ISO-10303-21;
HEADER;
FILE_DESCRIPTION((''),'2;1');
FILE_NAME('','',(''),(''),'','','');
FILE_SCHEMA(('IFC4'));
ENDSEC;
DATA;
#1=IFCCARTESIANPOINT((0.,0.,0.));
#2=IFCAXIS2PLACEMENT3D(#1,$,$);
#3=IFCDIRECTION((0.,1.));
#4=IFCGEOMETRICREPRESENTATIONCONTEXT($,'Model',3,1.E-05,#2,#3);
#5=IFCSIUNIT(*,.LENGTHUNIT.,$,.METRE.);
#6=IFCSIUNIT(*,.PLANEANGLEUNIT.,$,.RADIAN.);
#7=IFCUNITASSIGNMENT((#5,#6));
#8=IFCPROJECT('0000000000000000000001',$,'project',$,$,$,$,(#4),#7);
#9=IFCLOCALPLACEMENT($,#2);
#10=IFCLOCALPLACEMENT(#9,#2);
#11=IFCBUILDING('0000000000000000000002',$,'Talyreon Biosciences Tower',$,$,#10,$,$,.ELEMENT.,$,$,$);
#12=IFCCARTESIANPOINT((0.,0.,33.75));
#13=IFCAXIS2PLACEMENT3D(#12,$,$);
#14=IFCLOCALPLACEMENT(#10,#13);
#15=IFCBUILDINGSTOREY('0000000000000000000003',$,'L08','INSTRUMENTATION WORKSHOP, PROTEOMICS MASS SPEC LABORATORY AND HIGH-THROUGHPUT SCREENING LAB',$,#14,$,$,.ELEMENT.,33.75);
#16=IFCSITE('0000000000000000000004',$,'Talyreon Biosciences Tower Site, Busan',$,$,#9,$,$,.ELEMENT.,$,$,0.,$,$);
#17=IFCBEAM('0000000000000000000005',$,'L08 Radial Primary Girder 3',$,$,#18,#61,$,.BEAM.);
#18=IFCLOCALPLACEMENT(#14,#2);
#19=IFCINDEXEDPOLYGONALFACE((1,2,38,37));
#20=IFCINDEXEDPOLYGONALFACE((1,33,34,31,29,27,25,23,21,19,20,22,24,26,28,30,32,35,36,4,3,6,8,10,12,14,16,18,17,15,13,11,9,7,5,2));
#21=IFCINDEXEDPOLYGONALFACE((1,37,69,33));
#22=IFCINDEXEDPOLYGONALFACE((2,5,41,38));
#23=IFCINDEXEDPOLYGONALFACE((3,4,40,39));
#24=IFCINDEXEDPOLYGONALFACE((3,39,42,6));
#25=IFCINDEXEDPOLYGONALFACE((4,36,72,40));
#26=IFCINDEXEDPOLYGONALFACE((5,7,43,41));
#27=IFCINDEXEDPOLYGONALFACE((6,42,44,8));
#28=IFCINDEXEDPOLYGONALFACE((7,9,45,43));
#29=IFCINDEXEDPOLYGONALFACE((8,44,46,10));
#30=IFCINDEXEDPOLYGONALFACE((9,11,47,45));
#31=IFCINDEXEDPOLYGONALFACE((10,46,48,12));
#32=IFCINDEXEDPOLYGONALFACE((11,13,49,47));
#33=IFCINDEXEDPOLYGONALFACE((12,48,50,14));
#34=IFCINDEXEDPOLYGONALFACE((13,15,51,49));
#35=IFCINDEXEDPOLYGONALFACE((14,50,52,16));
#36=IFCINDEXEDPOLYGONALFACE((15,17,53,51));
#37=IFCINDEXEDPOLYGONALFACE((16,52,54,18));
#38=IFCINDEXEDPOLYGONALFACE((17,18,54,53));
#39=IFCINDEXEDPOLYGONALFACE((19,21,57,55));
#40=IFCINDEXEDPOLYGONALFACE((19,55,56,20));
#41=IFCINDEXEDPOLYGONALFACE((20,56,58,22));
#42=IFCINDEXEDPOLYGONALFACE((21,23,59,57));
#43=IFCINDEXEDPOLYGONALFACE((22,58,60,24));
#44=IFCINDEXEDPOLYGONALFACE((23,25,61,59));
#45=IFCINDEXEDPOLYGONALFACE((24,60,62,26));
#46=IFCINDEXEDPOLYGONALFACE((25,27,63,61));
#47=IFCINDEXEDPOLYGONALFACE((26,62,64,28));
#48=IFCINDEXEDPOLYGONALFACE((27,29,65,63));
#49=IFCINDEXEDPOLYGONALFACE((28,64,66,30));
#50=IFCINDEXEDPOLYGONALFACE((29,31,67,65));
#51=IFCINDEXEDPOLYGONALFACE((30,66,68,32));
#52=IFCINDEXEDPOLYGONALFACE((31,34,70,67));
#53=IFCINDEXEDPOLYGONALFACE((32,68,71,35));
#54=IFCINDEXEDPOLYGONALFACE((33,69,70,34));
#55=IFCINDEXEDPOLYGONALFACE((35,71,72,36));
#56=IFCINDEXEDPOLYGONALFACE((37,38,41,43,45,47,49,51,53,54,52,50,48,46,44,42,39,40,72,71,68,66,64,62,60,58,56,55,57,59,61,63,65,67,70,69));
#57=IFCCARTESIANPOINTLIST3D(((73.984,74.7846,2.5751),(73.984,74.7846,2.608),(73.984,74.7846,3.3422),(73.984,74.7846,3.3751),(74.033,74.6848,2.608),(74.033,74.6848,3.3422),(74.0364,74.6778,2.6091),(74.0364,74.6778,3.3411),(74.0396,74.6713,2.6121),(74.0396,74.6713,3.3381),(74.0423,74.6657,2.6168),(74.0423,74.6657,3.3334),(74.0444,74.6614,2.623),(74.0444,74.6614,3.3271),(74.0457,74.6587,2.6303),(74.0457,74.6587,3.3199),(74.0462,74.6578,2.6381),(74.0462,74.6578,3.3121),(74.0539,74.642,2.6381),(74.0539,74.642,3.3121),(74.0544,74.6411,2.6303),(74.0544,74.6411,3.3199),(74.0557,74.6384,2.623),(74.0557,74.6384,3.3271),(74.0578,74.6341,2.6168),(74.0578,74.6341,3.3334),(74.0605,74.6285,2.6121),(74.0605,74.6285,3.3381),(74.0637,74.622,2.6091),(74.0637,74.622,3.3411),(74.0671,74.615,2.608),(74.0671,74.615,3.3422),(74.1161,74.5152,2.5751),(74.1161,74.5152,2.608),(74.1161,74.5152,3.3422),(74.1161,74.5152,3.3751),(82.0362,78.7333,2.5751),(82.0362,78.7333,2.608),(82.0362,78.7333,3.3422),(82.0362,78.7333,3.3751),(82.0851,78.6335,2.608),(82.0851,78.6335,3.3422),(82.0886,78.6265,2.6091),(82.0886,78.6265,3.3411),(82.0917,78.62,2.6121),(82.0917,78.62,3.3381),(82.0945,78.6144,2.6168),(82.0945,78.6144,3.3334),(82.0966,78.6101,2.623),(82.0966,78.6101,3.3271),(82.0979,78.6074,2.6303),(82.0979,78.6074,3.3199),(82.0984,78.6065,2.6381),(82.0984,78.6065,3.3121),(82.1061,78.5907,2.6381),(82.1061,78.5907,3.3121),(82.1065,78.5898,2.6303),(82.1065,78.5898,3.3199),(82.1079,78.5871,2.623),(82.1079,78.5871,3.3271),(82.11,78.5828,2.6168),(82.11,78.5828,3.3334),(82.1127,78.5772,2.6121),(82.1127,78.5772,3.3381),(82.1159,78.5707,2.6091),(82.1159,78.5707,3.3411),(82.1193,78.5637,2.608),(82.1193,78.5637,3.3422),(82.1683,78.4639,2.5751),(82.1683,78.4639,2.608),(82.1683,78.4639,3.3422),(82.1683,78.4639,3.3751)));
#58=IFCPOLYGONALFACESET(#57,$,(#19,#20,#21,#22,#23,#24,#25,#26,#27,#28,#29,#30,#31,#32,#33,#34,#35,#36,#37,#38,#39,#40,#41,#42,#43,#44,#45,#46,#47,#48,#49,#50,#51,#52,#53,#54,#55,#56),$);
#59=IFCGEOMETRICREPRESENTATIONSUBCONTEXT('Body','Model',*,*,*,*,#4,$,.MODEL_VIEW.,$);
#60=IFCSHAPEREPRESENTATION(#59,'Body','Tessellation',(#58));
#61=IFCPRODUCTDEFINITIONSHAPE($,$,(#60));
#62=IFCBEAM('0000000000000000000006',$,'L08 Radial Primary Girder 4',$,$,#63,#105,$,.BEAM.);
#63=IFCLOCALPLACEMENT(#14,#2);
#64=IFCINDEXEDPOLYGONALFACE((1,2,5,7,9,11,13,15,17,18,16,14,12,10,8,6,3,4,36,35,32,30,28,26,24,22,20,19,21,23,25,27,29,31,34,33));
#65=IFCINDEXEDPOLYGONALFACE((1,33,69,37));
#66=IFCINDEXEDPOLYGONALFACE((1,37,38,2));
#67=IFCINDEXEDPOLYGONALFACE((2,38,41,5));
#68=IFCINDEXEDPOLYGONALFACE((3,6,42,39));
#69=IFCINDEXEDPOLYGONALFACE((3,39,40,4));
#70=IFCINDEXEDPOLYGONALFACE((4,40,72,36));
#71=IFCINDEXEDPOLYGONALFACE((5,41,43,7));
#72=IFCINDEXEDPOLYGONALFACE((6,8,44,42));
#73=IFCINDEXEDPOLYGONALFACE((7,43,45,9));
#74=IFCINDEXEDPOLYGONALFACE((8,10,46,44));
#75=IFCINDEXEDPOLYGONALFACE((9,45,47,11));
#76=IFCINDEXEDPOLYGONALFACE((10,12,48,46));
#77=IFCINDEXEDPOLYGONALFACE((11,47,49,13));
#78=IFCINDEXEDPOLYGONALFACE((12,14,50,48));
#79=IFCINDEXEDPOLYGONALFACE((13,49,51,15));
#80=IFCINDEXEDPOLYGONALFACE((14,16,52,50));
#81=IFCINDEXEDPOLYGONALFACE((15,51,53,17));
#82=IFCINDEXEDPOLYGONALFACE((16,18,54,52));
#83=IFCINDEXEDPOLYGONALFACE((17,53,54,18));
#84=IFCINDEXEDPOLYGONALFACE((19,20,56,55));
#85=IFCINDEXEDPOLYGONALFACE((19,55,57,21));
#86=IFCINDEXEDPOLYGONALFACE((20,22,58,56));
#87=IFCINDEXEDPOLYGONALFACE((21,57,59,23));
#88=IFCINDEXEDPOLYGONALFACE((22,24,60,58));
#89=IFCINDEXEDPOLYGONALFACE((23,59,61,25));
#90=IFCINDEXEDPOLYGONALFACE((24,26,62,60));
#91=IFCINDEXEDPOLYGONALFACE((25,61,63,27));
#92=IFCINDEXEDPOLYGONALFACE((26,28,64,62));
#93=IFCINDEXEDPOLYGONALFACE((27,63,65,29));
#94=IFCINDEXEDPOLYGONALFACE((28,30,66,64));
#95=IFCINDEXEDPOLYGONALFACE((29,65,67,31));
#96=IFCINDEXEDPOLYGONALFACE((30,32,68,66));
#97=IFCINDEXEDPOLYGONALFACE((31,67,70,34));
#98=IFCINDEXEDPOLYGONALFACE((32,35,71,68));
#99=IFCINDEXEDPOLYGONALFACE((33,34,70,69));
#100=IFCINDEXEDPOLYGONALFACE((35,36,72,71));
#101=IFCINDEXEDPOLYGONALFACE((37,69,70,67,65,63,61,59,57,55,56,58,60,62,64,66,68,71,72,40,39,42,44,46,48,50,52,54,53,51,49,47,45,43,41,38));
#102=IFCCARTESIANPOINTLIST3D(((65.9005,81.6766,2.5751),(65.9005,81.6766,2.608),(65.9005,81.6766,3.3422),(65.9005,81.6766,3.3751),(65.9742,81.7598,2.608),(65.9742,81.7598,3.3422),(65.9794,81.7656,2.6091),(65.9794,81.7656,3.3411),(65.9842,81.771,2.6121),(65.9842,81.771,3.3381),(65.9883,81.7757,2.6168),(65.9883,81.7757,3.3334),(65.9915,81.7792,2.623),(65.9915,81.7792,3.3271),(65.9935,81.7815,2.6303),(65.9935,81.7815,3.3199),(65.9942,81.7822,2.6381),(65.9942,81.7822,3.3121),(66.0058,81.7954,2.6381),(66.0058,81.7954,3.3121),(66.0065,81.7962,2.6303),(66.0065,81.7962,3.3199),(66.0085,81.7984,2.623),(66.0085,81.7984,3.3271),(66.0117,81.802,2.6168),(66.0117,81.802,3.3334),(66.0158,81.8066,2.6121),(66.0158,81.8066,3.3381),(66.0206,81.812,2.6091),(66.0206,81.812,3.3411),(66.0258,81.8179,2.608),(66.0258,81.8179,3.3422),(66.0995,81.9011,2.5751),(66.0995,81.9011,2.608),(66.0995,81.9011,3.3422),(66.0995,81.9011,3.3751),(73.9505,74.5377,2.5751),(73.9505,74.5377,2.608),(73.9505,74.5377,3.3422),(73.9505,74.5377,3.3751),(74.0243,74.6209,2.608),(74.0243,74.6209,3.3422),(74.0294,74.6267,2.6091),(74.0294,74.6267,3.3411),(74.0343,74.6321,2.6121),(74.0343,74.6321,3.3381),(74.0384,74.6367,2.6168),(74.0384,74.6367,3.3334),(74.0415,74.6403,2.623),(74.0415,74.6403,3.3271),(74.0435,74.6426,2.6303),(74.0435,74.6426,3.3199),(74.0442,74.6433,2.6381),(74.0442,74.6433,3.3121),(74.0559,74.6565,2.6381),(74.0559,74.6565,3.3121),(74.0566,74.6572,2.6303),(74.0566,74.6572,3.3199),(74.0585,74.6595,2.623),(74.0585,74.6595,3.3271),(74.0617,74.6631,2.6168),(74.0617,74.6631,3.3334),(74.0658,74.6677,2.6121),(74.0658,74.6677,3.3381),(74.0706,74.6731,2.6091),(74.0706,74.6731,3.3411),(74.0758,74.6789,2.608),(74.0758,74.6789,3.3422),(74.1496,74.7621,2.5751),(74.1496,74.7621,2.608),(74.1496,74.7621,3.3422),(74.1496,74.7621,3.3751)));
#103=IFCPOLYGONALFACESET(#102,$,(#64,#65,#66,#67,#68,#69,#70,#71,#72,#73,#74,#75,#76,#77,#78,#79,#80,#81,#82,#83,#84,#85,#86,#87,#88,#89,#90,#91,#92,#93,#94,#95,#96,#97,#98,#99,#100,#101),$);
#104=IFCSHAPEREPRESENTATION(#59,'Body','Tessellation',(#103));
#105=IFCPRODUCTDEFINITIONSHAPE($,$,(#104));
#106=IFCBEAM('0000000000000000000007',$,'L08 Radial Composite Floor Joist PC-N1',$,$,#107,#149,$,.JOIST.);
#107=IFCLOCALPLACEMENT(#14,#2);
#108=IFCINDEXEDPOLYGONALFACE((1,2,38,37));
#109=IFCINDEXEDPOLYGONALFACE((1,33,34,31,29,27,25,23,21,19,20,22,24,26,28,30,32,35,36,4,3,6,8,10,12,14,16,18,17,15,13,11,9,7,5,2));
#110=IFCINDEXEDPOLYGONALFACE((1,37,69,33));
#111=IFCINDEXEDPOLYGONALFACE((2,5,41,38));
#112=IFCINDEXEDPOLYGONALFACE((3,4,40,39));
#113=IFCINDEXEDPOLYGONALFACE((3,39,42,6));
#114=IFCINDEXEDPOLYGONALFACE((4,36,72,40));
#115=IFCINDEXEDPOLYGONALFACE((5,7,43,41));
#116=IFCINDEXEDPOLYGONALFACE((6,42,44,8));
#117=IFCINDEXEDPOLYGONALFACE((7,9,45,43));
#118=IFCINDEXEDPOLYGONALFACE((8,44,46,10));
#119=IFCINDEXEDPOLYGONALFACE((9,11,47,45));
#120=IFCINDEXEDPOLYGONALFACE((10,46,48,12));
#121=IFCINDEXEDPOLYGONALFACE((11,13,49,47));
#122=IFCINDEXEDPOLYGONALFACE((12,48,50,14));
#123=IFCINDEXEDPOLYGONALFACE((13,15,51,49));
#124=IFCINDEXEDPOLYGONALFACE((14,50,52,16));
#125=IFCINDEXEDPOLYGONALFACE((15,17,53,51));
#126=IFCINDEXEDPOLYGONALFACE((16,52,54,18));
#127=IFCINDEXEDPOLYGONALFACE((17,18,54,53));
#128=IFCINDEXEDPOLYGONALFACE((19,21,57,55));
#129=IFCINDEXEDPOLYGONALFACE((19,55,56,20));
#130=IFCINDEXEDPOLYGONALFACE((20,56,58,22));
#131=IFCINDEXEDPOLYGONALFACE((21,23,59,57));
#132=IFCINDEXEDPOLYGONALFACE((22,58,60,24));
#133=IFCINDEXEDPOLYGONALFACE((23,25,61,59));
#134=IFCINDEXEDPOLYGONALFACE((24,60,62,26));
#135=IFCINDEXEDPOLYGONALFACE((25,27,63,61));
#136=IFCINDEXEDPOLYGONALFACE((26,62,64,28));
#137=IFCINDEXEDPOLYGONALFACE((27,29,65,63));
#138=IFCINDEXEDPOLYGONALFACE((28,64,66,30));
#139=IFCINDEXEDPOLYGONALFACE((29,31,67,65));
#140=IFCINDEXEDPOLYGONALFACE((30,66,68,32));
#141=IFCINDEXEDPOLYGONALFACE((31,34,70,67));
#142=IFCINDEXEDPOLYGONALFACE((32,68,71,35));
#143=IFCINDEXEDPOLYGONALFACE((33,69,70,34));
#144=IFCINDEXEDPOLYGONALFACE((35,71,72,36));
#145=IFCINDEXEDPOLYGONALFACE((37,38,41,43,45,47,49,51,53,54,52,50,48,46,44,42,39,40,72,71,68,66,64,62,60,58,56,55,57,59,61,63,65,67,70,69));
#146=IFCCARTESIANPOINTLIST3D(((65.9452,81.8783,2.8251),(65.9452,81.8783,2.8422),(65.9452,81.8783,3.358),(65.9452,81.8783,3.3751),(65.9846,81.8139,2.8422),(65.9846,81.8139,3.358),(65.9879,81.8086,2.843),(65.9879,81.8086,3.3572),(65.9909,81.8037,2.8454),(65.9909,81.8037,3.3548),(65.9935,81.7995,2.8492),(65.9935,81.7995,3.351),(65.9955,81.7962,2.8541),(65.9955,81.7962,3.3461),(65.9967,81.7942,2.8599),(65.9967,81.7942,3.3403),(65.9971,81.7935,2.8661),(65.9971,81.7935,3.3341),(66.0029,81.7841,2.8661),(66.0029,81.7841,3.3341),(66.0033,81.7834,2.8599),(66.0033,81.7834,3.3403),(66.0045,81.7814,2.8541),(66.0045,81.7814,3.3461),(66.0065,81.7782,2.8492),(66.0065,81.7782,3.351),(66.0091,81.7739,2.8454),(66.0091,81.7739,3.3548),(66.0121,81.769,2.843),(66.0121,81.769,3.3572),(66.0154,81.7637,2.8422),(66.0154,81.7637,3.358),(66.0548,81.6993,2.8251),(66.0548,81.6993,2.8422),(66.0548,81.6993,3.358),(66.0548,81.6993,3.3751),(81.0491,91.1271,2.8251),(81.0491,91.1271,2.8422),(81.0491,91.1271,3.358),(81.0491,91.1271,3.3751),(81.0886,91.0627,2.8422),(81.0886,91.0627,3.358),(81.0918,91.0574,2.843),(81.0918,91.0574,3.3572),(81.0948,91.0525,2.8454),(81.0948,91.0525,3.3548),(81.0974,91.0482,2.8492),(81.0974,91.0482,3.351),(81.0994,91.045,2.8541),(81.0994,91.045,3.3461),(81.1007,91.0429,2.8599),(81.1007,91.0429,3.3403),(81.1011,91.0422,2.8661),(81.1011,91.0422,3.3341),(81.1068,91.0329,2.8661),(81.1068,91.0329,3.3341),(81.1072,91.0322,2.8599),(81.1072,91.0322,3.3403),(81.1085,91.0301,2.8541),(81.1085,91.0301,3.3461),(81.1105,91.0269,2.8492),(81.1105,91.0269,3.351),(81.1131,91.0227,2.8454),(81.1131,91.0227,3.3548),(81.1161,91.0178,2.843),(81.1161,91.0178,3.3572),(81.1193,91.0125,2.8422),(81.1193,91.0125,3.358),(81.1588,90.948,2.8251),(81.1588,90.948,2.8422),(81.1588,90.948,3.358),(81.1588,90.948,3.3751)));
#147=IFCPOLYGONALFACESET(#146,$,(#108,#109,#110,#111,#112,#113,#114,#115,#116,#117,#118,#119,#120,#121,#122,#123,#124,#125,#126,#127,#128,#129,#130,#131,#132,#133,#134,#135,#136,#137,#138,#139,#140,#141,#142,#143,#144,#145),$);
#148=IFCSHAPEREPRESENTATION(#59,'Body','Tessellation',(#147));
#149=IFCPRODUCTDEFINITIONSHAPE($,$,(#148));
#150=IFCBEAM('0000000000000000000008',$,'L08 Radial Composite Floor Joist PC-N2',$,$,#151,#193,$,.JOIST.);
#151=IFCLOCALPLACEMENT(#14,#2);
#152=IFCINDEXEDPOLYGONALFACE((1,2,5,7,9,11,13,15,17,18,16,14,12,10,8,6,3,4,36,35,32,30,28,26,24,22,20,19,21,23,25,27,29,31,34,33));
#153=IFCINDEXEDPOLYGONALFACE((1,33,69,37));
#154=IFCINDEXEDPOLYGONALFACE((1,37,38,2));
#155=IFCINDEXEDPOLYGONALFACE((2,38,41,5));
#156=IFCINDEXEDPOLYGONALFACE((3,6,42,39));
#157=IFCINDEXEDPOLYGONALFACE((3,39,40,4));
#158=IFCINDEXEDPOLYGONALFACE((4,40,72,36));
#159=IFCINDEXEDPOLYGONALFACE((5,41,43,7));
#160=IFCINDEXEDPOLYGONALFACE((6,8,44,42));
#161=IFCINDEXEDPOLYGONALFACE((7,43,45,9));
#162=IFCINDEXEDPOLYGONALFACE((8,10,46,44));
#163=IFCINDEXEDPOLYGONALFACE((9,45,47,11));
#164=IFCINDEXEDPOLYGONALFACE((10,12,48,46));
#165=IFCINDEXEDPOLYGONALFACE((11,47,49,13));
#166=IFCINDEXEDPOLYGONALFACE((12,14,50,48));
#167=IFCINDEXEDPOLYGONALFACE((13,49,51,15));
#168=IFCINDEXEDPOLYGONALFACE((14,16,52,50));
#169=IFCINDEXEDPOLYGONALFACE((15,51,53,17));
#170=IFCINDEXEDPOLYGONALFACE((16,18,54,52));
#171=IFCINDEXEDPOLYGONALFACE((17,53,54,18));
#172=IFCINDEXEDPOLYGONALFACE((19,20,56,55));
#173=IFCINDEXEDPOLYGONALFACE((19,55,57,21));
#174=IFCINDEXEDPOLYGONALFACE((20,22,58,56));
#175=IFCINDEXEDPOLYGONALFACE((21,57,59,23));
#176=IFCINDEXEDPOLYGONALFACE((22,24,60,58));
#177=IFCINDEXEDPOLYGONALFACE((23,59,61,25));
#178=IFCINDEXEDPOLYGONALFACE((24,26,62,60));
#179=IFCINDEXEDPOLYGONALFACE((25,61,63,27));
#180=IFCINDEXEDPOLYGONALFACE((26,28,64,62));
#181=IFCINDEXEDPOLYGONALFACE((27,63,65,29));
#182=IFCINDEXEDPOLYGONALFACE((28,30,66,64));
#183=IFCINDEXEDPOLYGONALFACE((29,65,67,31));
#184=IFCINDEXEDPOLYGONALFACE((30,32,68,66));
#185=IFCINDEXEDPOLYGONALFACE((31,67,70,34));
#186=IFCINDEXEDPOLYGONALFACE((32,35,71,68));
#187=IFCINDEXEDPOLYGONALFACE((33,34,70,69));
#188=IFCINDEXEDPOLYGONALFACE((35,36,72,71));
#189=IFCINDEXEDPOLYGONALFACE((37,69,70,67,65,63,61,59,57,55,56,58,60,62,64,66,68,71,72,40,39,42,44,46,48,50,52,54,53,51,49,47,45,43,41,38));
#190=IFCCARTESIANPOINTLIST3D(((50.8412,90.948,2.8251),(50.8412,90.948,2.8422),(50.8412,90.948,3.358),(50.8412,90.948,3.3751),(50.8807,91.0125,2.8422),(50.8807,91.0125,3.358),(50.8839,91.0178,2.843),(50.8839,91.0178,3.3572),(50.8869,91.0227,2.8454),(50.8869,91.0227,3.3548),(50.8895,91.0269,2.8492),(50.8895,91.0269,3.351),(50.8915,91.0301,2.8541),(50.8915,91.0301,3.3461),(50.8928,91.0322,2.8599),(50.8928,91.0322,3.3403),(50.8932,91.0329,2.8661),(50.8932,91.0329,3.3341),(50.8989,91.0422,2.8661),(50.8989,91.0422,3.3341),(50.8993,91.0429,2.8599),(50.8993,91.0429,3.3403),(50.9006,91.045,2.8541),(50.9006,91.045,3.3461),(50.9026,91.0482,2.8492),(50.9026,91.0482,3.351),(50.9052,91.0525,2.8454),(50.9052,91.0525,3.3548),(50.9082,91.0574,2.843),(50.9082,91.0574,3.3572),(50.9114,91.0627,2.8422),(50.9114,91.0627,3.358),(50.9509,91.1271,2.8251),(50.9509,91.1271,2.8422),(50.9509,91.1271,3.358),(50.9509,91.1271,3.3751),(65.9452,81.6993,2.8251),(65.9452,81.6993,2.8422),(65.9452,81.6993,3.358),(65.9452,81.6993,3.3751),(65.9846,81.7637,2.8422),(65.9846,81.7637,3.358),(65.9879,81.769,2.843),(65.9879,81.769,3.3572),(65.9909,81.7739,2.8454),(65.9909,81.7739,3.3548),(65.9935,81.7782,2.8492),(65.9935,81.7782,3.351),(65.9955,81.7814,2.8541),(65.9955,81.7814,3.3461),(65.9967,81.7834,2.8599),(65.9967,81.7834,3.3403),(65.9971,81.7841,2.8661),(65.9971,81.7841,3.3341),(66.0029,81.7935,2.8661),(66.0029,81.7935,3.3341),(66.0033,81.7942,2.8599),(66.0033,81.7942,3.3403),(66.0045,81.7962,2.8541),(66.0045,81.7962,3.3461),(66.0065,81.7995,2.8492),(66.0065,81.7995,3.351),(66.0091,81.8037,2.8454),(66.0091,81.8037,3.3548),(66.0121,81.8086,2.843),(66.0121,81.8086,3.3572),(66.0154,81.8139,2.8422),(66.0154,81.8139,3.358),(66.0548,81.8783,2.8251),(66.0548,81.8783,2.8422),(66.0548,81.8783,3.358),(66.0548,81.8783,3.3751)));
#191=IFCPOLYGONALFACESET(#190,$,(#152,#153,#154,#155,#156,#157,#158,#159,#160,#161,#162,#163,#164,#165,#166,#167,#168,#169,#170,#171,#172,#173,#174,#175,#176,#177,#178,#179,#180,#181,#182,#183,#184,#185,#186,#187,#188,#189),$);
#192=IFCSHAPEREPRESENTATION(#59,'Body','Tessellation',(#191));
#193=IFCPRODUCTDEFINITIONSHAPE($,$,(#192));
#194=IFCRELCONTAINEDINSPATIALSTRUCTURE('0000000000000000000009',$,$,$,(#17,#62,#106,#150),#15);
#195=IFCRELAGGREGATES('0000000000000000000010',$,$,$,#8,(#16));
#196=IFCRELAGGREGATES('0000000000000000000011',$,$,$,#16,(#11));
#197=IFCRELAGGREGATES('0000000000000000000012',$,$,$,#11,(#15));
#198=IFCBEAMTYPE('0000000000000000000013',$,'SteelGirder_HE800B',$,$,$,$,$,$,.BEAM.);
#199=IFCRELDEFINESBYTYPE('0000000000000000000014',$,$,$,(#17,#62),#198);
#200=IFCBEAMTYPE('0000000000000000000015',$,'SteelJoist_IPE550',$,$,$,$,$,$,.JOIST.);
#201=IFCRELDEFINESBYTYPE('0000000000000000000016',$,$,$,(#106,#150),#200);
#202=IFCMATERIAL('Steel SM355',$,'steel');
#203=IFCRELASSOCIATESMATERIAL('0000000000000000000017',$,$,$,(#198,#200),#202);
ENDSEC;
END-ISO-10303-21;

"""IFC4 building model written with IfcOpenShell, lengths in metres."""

from ifc_helpers import new_model, si_unit, direction, frame, origin, origin_2d, place, context, subcontext, project, spatial, i_section, extrude, material, material_profile, profile_set, type_object, element, save


model = new_model("IFC4")

# Units and contexts
model_context = context("Model", 3, precision=1e-05, world=origin(), true_north=direction((0.0, 1.0)))
body_context = subcontext(model_context, "Body", "Model", "MODEL_VIEW")
ifc_project = project(units=[si_unit("LENGTHUNIT", "METRE"), si_unit("PLANEANGLEUNIT", "RADIAN")], contexts=[model_context])

# Site, building, storey
site_placement = place(None, origin())
site = spatial("IfcSite", under=ifc_project, at=site_placement, Name="Talyreon Biosciences Tower Site, Busan", CompositionType="ELEMENT", RefElevation=0.0)
building_placement = place(site_placement, origin())
building = spatial("IfcBuilding", under=site, at=building_placement, Name="Talyreon Biosciences Tower", CompositionType="ELEMENT")
storey_placement = place(building_placement, frame((0.0, 0.0, 33.75)))
storey = spatial("IfcBuildingStorey", under=building, at=storey_placement, Name="L08", Description="INSTRUMENTATION WORKSHOP, PROTEOMICS MASS SPEC LABORATORY AND HIGH-THROUGHPUT SCREENING LAB", CompositionType="ELEMENT", Elevation=33.75)

# Beams
ifc_material_1 = material(Name="Steel SM355", Category="steel")
ifc_material_profile_1 = material_profile(ifc_material_1, i_section(OverallWidth=0.3, OverallDepth=0.8, WebThickness=0.0176, FlangeThickness=0.033, FilletRadius=0.03, at=origin_2d()), Name="HE800B")
ifc_profile_set_1 = profile_set([ifc_material_profile_1], Name="Steel SM355")
beam_type_1 = type_object("IfcBeamType", Name="SteelGirder_HE800B", PredefinedType="BEAM", material=ifc_profile_set_1)
beam_1_placement = place(storey_placement, frame((74.05, 74.6499, 2.9751), z_axis=(0.897852, 0.440297, 0.0), x_axis=(-0.440297, 0.897852, 0.0)))
element("IfcBeam", 1, at=beam_1_placement, inside=storey, type_object=beam_type_1, Name="L08 Radial Primary Girder 3", PredefinedType="BEAM", context=body_context, shape_type="SweptSolid", body=[
    extrude(i_section(OverallWidth=0.3, OverallDepth=0.8, WebThickness=0.0176, FlangeThickness=0.033, FilletRadius=0.03, at=origin_2d()), origin(), (0.0, 0.0, 1.0), 8.9683),
])
beam_2_placement = place(storey_placement, frame((74.05, 74.6499, 2.9751), z_axis=(-0.748179, 0.663497, 0.0), x_axis=(-0.663497, -0.748179, 0.0)))
element("IfcBeam", 2, at=beam_2_placement, inside=storey, type_object=beam_type_1, Name="L08 Radial Primary Girder 4", PredefinedType="BEAM", context=body_context, shape_type="SweptSolid", body=[
    extrude(i_section(OverallWidth=0.3, OverallDepth=0.8, WebThickness=0.0176, FlangeThickness=0.033, FilletRadius=0.03, at=origin_2d()), origin(), (0.0, 0.0, 1.0), 10.7595),
])
ifc_material_profile_2 = material_profile(ifc_material_1, i_section(OverallWidth=0.21, OverallDepth=0.55, WebThickness=0.011, FlangeThickness=0.0171, FilletRadius=0.0239, at=origin_2d()), Name="IPE550")
ifc_profile_set_2 = profile_set([ifc_material_profile_2], Name="Steel SM355")
beam_type_2 = type_object("IfcBeamType", Name="SteelJoist_IPE550", PredefinedType="JOIST", material=ifc_profile_set_2)
for number, where, z_axis, x_axis, name in (
    (3, (66.0, 81.7888, 3.1001), (0.852815, 0.522213, 0.0), (-0.522213, 0.852815, 0.0), "L08 Radial Composite Floor Joist PC-N1"),
    (4, (66.0, 81.7888, 3.1001), (-0.852815, 0.522213, 0.0), (-0.522213, -0.852815, 0.0), "L08 Radial Composite Floor Joist PC-N2"),
):
    element("IfcBeam", number, at=place(storey_placement, frame(where, z_axis=z_axis, x_axis=x_axis)), inside=storey, type_object=beam_type_2, Name=name, PredefinedType="JOIST", context=body_context, shape_type="SweptSolid", body=[
        extrude(i_section(OverallWidth=0.21, OverallDepth=0.55, WebThickness=0.011, FlangeThickness=0.0171, FilletRadius=0.0239, at=origin_2d()), origin(), (0.0, 0.0, 1.0), 17.7107),
    ])

save(model, "model.ifc")
